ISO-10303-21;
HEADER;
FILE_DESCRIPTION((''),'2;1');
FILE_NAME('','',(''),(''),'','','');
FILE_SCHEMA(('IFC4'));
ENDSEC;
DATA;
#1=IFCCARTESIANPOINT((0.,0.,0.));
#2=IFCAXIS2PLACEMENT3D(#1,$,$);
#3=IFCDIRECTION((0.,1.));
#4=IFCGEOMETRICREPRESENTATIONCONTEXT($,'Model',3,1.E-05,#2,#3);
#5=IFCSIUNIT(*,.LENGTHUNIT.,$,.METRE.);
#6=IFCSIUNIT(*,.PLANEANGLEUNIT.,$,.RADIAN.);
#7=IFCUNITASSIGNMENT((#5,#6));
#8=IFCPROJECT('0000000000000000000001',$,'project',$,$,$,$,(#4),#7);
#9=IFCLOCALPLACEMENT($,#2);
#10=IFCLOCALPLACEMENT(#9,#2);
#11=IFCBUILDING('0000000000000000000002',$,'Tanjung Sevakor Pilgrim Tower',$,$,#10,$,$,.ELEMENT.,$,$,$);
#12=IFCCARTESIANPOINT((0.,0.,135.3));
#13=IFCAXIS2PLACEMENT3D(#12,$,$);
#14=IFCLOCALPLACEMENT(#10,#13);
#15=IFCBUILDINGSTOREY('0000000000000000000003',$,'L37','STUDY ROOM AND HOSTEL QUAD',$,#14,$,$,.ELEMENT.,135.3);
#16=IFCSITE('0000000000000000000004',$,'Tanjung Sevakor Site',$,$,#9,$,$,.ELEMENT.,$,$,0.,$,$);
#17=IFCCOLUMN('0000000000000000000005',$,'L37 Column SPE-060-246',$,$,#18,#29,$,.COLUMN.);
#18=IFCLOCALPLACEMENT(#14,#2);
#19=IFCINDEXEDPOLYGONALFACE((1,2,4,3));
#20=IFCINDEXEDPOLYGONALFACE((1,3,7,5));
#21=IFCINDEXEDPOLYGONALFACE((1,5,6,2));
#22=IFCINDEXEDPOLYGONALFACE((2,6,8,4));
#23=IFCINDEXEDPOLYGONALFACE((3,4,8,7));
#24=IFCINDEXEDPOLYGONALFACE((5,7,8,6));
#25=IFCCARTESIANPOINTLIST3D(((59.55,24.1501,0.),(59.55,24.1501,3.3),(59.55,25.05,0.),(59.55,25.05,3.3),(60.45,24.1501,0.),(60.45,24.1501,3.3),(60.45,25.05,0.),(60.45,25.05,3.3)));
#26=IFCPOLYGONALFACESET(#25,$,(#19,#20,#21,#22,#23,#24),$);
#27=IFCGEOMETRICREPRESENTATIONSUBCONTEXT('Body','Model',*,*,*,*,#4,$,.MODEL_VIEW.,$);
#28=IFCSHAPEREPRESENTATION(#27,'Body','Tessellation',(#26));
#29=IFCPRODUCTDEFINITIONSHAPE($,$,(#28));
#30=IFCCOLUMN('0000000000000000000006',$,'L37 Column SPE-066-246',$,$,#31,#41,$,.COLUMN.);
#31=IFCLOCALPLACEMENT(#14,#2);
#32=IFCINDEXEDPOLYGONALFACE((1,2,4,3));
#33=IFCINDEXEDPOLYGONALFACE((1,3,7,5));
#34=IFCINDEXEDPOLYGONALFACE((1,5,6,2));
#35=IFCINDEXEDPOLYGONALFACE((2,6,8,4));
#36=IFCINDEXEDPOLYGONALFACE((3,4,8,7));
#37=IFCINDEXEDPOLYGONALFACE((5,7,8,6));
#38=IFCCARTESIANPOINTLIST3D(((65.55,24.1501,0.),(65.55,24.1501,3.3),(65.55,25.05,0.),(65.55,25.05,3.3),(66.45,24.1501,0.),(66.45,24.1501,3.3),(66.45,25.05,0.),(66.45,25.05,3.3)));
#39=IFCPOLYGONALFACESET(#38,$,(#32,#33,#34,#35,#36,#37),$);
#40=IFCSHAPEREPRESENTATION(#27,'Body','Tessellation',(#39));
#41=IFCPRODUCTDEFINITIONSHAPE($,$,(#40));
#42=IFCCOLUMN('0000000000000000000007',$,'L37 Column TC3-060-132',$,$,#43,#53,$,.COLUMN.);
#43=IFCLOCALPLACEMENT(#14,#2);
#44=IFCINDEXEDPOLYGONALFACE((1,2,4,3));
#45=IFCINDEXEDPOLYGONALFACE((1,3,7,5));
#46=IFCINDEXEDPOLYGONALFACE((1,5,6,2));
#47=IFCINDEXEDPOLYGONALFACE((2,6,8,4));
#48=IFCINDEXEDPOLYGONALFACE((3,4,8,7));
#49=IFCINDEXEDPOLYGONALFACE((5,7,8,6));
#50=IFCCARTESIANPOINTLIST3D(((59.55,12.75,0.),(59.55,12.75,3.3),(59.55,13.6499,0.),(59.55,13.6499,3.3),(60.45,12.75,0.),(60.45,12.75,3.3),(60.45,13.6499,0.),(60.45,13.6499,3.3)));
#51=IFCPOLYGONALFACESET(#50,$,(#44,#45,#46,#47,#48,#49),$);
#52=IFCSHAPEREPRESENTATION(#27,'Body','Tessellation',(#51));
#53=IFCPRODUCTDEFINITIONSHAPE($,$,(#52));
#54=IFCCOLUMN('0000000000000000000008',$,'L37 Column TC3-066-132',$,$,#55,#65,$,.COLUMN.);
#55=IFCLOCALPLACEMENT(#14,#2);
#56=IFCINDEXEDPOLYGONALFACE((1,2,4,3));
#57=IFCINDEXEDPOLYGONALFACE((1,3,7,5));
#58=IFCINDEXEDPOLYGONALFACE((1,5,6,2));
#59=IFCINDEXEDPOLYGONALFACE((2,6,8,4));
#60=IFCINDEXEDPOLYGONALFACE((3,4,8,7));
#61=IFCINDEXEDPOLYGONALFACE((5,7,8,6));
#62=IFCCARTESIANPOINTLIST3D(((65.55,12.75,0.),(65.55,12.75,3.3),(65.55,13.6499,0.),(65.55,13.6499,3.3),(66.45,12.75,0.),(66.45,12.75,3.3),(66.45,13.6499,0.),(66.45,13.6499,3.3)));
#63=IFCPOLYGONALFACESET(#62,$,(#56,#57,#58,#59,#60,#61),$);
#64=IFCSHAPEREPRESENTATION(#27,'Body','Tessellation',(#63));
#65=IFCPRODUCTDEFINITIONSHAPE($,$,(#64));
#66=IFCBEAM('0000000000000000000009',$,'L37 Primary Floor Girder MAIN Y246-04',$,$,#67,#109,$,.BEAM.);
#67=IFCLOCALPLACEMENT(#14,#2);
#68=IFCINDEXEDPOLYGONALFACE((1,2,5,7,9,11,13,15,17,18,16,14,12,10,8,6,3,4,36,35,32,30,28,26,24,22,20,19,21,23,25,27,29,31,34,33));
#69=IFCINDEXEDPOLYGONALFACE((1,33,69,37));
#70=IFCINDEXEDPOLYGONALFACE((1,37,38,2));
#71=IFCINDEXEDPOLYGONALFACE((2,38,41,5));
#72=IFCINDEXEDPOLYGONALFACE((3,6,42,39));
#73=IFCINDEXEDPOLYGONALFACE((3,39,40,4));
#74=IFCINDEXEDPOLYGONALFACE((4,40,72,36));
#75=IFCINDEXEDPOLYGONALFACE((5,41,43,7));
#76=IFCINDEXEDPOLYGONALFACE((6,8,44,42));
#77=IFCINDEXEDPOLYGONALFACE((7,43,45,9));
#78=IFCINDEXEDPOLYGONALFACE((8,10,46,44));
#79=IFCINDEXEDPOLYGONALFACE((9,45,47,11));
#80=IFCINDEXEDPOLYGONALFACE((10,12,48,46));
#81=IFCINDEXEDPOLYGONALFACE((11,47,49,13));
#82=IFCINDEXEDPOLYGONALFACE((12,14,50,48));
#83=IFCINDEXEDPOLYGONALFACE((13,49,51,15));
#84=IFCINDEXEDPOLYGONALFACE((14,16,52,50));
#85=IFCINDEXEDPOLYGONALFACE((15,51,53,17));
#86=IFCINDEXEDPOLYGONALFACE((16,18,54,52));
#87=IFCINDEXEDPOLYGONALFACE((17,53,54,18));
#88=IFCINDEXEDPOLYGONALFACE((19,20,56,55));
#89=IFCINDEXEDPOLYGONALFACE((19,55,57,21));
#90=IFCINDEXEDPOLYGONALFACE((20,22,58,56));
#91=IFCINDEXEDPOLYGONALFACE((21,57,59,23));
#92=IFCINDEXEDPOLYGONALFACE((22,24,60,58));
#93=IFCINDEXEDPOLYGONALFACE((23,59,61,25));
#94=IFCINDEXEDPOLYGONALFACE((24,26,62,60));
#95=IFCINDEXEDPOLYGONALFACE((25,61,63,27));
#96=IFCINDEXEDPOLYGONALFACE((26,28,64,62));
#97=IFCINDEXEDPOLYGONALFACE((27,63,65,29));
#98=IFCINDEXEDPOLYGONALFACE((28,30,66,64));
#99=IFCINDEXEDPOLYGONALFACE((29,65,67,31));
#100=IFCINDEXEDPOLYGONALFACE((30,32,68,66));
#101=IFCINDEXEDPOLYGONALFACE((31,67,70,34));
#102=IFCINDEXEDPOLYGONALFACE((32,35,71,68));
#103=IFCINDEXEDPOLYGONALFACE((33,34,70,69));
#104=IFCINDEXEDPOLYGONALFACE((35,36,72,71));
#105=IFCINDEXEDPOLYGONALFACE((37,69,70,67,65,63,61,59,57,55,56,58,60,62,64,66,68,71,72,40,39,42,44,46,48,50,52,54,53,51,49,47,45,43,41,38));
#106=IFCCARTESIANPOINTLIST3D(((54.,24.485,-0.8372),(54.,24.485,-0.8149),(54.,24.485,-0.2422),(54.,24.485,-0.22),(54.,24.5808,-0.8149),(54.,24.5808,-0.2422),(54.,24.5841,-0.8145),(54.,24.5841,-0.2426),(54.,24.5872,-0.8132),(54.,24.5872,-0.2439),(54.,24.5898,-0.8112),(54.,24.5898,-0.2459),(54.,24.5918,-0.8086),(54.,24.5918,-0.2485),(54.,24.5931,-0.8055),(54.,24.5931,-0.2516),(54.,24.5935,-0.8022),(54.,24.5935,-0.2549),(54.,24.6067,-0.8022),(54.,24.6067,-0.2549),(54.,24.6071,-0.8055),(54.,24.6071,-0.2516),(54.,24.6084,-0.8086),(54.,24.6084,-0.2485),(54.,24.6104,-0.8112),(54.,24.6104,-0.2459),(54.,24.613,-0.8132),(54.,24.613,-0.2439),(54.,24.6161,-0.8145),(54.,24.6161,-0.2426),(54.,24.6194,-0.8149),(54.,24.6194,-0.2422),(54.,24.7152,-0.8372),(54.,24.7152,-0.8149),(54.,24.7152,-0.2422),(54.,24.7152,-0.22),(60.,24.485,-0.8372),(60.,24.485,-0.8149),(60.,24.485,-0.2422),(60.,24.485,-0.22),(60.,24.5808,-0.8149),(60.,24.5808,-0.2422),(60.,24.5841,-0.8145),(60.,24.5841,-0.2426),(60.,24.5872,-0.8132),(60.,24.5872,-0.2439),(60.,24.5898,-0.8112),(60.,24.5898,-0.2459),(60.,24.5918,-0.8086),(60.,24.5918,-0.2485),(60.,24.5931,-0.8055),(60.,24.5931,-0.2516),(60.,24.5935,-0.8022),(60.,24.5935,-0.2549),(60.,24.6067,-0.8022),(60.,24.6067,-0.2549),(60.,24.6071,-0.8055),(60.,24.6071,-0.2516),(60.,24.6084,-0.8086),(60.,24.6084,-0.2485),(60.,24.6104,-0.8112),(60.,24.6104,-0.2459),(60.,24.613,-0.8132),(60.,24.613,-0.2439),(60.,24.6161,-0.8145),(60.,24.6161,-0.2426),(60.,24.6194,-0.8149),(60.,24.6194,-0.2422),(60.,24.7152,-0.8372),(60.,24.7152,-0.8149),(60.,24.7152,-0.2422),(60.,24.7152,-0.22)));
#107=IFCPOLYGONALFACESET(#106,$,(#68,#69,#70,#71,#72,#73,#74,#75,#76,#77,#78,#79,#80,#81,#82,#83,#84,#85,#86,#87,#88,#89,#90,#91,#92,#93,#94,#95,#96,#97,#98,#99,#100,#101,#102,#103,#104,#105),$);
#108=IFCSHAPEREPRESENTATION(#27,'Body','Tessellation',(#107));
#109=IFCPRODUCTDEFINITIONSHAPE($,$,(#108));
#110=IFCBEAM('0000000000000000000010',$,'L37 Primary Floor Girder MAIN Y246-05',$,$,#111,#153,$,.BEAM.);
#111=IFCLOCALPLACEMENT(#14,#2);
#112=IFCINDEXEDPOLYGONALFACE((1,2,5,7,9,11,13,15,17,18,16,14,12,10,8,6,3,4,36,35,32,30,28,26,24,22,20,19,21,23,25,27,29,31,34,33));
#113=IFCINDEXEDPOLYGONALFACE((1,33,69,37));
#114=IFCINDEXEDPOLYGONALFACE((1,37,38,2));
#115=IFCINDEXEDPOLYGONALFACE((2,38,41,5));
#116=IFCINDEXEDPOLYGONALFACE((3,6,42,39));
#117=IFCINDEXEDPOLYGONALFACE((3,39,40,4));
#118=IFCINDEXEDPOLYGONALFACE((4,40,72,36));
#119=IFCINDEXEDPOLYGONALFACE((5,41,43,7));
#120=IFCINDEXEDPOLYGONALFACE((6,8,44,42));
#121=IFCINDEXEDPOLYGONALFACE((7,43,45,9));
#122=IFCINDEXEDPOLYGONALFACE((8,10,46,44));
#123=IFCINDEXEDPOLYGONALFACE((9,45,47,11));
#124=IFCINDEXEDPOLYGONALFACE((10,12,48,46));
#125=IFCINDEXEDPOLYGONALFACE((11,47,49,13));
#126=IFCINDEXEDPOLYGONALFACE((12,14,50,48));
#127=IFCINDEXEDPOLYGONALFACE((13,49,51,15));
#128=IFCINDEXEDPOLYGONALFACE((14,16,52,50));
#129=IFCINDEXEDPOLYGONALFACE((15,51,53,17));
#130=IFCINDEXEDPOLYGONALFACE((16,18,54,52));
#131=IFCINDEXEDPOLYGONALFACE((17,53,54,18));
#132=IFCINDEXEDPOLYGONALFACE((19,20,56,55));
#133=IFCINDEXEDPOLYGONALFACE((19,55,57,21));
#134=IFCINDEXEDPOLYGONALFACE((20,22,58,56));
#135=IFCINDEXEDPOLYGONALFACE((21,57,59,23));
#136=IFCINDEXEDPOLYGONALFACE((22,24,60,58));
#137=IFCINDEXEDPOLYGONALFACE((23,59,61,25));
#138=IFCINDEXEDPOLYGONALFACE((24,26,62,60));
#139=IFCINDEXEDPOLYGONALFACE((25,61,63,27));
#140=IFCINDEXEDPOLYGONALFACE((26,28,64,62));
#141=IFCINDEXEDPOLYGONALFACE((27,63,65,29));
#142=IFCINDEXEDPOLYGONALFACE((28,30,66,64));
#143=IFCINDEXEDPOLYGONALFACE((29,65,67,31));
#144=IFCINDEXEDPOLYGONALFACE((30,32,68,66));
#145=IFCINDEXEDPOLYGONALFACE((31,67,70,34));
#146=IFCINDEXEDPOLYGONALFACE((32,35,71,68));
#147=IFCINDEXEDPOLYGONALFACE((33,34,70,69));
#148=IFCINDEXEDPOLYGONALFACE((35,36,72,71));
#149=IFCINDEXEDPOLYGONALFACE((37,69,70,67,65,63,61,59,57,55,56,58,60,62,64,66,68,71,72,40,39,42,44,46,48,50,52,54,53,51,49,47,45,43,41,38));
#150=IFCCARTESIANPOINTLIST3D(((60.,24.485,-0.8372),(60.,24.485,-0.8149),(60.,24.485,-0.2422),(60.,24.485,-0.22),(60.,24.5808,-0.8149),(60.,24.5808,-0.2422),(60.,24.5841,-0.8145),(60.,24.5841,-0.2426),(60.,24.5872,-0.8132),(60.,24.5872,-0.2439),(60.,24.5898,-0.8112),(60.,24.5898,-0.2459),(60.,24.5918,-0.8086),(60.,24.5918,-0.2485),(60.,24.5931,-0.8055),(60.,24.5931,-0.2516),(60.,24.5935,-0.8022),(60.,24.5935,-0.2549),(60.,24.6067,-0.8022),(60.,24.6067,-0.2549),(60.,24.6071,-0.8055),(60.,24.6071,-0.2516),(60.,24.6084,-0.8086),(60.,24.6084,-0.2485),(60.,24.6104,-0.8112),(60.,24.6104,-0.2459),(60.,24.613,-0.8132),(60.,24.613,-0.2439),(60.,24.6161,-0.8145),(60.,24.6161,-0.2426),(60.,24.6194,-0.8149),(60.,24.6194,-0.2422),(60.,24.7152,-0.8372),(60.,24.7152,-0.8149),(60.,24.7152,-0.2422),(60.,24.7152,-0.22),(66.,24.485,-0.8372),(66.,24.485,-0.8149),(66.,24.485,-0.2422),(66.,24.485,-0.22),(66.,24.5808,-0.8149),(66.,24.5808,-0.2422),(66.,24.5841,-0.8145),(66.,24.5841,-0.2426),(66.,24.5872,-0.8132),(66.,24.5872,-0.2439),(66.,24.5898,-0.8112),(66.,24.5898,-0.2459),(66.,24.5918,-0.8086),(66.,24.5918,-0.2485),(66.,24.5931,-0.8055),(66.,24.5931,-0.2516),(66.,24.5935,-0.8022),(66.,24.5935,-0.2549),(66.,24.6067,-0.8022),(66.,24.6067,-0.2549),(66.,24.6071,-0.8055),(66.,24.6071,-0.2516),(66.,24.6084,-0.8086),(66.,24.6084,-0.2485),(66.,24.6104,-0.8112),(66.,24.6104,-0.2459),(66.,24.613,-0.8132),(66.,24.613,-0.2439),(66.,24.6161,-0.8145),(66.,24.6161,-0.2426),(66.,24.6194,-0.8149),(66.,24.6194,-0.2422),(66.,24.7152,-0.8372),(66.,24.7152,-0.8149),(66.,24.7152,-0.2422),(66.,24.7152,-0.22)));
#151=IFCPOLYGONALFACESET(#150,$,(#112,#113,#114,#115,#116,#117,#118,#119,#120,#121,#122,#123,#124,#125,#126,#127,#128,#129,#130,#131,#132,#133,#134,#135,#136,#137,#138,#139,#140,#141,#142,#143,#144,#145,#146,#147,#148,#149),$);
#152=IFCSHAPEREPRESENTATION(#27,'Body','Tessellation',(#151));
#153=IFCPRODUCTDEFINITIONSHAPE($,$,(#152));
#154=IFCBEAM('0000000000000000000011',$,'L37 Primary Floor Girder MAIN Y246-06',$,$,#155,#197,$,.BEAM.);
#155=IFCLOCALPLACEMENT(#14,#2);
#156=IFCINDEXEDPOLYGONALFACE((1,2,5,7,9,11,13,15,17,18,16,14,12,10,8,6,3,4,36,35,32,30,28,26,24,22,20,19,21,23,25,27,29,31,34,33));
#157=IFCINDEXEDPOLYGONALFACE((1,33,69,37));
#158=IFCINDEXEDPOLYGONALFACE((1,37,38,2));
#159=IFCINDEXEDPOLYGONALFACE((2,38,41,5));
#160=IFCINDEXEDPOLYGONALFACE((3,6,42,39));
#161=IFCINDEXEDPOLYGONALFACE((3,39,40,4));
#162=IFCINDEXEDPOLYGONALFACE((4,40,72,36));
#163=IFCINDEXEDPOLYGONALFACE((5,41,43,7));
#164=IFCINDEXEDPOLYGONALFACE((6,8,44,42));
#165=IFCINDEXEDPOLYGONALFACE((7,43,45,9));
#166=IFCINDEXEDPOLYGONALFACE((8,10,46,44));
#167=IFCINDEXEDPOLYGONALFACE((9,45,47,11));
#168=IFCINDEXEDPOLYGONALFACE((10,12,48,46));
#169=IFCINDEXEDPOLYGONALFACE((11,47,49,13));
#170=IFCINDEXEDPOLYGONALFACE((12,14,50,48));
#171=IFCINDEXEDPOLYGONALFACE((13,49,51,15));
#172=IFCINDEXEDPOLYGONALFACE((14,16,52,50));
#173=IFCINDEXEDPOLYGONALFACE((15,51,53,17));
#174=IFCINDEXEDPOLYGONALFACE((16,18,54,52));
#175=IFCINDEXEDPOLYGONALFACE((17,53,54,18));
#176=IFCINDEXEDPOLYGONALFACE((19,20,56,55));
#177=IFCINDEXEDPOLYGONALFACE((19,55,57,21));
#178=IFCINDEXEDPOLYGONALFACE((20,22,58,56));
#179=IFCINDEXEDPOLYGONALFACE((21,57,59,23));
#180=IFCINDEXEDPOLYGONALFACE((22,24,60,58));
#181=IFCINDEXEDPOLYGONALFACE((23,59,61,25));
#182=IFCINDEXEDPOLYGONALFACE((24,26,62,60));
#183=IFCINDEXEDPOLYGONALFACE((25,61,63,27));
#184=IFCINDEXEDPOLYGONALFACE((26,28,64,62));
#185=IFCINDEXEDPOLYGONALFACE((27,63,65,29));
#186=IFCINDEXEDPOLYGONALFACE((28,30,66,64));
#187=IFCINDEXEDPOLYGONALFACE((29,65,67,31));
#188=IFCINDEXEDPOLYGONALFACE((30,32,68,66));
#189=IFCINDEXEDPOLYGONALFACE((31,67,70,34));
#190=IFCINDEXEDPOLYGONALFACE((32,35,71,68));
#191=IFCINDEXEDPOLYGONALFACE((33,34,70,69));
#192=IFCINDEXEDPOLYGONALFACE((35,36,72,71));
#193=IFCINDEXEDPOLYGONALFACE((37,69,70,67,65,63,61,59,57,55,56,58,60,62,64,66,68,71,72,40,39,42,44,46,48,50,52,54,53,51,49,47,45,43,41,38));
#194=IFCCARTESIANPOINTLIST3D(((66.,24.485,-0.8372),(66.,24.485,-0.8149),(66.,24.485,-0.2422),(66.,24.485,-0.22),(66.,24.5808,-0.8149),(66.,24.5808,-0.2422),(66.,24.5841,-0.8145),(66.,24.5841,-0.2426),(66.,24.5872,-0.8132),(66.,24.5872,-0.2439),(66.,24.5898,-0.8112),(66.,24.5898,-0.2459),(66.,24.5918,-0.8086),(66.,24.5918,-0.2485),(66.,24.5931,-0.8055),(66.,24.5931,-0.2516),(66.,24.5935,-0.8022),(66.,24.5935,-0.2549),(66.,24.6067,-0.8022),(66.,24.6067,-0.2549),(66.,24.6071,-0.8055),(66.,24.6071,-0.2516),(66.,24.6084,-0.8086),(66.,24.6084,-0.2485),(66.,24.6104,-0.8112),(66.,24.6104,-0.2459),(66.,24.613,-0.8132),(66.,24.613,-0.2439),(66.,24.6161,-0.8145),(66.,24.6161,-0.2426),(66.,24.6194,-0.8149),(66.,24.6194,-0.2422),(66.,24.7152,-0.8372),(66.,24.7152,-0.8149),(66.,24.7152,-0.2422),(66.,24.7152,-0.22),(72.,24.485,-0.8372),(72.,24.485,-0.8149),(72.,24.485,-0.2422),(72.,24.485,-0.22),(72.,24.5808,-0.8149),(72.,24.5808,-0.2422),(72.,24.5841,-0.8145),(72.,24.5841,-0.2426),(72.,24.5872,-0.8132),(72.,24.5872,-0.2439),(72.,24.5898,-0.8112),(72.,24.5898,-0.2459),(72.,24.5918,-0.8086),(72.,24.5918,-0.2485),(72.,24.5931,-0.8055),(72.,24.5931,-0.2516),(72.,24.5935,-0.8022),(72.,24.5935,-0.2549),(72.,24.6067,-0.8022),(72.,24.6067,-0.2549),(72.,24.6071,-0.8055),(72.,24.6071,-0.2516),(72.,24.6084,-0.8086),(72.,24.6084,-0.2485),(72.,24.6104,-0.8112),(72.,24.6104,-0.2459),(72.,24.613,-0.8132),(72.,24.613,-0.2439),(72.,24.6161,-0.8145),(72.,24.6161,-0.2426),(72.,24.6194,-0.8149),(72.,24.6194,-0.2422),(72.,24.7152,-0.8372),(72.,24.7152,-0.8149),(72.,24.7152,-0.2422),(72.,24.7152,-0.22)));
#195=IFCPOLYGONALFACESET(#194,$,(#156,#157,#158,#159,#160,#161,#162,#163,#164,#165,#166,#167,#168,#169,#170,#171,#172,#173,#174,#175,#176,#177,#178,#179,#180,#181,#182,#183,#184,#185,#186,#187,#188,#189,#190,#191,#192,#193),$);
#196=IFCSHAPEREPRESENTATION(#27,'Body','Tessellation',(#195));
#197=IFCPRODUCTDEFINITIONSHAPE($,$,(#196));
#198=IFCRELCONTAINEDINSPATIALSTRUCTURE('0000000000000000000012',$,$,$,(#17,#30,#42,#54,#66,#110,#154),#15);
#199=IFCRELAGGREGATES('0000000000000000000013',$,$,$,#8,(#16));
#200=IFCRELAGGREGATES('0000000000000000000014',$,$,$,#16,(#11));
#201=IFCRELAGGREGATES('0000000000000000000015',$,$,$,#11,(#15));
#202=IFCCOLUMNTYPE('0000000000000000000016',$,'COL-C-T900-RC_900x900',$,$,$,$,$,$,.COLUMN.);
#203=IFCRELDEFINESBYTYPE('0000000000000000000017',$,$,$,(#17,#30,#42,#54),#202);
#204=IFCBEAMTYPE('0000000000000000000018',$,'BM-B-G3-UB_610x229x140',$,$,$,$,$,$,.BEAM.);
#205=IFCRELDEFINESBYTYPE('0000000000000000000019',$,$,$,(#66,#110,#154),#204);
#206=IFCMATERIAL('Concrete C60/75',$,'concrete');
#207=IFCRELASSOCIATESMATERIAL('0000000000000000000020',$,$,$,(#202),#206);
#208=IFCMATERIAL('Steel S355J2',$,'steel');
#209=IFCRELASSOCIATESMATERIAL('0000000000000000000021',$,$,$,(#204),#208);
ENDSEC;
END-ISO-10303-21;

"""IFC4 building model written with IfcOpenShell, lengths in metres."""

from ifc_helpers import new_model, si_unit, direction, frame, origin, origin_2d, place, context, subcontext, project, spatial, rectangle, i_section, extrude, material, material_profile, profile_set, type_object, element, save


model = new_model("IFC4")

# Units and contexts
model_context = context("Model", 3, precision=1e-05, world=origin(), true_north=direction((0.0, 1.0)))
body_context = subcontext(model_context, "Body", "Model", "MODEL_VIEW")
ifc_project = project(units=[si_unit("LENGTHUNIT", "METRE"), si_unit("PLANEANGLEUNIT", "RADIAN")], contexts=[model_context])

# Site, building, storey
site_placement = place(None, origin())
site = spatial("IfcSite", under=ifc_project, at=site_placement, Name="Tanjung Sevakor Site", CompositionType="ELEMENT", RefElevation=0.0)
building_placement = place(site_placement, origin())
building = spatial("IfcBuilding", under=site, at=building_placement, Name="Tanjung Sevakor Pilgrim Tower", CompositionType="ELEMENT")
storey_placement = place(building_placement, frame((0.0, 0.0, 135.3)))
storey = spatial("IfcBuildingStorey", under=building, at=storey_placement, Name="L37", Description="STUDY ROOM AND HOSTEL QUAD", CompositionType="ELEMENT", Elevation=135.3)

# Columns
ifc_material_1 = material(Name="Concrete C60/75", Category="concrete")
ifc_material_profile_1 = material_profile(ifc_material_1, rectangle(XDim=0.8999, YDim=0.8999, at=origin_2d()))
ifc_profile_set_1 = profile_set([ifc_material_profile_1], Name="Concrete C60/75")
column_type = type_object("IfcColumnType", Name="COL-C-T900-RC_900x900", PredefinedType="COLUMN", material=ifc_profile_set_1)
for number, where, z_axis, x_axis, name in (
    (1, (60.0, 24.6001, 0.0), (0.0, 0.0, 1.0), (1.0, 0.0, 0.0), "L37 Column SPE-060-246"),
    (2, (66.0, 24.6001, 0.0), (0.0, 0.0, 1.0), (1.0, 0.0, 0.0), "L37 Column SPE-066-246"),
    (3, (60.0, 13.2, 0.0), (0.0, 0.0, 1.0), (1.0, 0.0, 0.0), "L37 Column TC3-060-132"),
    (4, (66.0, 13.2, 0.0), (0.0, 0.0, 1.0), (1.0, 0.0, 0.0), "L37 Column TC3-066-132"),
):
    element("IfcColumn", number, at=place(storey_placement, frame(where, z_axis=z_axis, x_axis=x_axis)), inside=storey, type_object=column_type, Name=name, PredefinedType="COLUMN", context=body_context, shape_type="SweptSolid", body=[
        extrude(rectangle(XDim=0.8999, YDim=0.8999, at=origin_2d()), origin(), (0.0, 0.0, 1.0), 3.3),
    ])

# Beams
ifc_material_2 = material(Name="Steel S355J2", Category="steel")
ifc_material_profile_2 = material_profile(ifc_material_2, i_section(OverallWidth=0.2302, OverallDepth=0.6172, WebThickness=0.0132, FlangeThickness=0.0222, FilletRadius=0.0127, at=origin_2d()))
ifc_profile_set_2 = profile_set([ifc_material_profile_2], Name="Steel S355J2")
beam_type_1 = type_object("IfcBeamType", Name="BM-B-G3-UB_610x229x140", PredefinedType="BEAM", material=ifc_profile_set_2)
for number, where, z_axis, x_axis, name in (
    (5, (54.0, 24.6001, -0.5286), (1.0, 0.0, 0.0), (0.0, 1.0, 0.0), "L37 Primary Floor Girder MAIN Y246-04"),
    (6, (60.0, 24.6001, -0.5286), (1.0, 0.0, 0.0), (0.0, 1.0, 0.0), "L37 Primary Floor Girder MAIN Y246-05"),
    (7, (66.0, 24.6001, -0.5286), (1.0, 0.0, 0.0), (0.0, 1.0, 0.0), "L37 Primary Floor Girder MAIN Y246-06"),
):
    element("IfcBeam", number, at=place(storey_placement, frame(where, z_axis=z_axis, x_axis=x_axis)), inside=storey, type_object=beam_type_1, Name=name, PredefinedType="BEAM", context=body_context, shape_type="SweptSolid", body=[
        extrude(i_section(OverallWidth=0.2302, OverallDepth=0.6172, WebThickness=0.0132, FlangeThickness=0.0222, FilletRadius=0.0127, at=origin_2d()), origin(), (0.0, 0.0, 1.0), 6.0),
    ])

save(model, "model.ifc")
